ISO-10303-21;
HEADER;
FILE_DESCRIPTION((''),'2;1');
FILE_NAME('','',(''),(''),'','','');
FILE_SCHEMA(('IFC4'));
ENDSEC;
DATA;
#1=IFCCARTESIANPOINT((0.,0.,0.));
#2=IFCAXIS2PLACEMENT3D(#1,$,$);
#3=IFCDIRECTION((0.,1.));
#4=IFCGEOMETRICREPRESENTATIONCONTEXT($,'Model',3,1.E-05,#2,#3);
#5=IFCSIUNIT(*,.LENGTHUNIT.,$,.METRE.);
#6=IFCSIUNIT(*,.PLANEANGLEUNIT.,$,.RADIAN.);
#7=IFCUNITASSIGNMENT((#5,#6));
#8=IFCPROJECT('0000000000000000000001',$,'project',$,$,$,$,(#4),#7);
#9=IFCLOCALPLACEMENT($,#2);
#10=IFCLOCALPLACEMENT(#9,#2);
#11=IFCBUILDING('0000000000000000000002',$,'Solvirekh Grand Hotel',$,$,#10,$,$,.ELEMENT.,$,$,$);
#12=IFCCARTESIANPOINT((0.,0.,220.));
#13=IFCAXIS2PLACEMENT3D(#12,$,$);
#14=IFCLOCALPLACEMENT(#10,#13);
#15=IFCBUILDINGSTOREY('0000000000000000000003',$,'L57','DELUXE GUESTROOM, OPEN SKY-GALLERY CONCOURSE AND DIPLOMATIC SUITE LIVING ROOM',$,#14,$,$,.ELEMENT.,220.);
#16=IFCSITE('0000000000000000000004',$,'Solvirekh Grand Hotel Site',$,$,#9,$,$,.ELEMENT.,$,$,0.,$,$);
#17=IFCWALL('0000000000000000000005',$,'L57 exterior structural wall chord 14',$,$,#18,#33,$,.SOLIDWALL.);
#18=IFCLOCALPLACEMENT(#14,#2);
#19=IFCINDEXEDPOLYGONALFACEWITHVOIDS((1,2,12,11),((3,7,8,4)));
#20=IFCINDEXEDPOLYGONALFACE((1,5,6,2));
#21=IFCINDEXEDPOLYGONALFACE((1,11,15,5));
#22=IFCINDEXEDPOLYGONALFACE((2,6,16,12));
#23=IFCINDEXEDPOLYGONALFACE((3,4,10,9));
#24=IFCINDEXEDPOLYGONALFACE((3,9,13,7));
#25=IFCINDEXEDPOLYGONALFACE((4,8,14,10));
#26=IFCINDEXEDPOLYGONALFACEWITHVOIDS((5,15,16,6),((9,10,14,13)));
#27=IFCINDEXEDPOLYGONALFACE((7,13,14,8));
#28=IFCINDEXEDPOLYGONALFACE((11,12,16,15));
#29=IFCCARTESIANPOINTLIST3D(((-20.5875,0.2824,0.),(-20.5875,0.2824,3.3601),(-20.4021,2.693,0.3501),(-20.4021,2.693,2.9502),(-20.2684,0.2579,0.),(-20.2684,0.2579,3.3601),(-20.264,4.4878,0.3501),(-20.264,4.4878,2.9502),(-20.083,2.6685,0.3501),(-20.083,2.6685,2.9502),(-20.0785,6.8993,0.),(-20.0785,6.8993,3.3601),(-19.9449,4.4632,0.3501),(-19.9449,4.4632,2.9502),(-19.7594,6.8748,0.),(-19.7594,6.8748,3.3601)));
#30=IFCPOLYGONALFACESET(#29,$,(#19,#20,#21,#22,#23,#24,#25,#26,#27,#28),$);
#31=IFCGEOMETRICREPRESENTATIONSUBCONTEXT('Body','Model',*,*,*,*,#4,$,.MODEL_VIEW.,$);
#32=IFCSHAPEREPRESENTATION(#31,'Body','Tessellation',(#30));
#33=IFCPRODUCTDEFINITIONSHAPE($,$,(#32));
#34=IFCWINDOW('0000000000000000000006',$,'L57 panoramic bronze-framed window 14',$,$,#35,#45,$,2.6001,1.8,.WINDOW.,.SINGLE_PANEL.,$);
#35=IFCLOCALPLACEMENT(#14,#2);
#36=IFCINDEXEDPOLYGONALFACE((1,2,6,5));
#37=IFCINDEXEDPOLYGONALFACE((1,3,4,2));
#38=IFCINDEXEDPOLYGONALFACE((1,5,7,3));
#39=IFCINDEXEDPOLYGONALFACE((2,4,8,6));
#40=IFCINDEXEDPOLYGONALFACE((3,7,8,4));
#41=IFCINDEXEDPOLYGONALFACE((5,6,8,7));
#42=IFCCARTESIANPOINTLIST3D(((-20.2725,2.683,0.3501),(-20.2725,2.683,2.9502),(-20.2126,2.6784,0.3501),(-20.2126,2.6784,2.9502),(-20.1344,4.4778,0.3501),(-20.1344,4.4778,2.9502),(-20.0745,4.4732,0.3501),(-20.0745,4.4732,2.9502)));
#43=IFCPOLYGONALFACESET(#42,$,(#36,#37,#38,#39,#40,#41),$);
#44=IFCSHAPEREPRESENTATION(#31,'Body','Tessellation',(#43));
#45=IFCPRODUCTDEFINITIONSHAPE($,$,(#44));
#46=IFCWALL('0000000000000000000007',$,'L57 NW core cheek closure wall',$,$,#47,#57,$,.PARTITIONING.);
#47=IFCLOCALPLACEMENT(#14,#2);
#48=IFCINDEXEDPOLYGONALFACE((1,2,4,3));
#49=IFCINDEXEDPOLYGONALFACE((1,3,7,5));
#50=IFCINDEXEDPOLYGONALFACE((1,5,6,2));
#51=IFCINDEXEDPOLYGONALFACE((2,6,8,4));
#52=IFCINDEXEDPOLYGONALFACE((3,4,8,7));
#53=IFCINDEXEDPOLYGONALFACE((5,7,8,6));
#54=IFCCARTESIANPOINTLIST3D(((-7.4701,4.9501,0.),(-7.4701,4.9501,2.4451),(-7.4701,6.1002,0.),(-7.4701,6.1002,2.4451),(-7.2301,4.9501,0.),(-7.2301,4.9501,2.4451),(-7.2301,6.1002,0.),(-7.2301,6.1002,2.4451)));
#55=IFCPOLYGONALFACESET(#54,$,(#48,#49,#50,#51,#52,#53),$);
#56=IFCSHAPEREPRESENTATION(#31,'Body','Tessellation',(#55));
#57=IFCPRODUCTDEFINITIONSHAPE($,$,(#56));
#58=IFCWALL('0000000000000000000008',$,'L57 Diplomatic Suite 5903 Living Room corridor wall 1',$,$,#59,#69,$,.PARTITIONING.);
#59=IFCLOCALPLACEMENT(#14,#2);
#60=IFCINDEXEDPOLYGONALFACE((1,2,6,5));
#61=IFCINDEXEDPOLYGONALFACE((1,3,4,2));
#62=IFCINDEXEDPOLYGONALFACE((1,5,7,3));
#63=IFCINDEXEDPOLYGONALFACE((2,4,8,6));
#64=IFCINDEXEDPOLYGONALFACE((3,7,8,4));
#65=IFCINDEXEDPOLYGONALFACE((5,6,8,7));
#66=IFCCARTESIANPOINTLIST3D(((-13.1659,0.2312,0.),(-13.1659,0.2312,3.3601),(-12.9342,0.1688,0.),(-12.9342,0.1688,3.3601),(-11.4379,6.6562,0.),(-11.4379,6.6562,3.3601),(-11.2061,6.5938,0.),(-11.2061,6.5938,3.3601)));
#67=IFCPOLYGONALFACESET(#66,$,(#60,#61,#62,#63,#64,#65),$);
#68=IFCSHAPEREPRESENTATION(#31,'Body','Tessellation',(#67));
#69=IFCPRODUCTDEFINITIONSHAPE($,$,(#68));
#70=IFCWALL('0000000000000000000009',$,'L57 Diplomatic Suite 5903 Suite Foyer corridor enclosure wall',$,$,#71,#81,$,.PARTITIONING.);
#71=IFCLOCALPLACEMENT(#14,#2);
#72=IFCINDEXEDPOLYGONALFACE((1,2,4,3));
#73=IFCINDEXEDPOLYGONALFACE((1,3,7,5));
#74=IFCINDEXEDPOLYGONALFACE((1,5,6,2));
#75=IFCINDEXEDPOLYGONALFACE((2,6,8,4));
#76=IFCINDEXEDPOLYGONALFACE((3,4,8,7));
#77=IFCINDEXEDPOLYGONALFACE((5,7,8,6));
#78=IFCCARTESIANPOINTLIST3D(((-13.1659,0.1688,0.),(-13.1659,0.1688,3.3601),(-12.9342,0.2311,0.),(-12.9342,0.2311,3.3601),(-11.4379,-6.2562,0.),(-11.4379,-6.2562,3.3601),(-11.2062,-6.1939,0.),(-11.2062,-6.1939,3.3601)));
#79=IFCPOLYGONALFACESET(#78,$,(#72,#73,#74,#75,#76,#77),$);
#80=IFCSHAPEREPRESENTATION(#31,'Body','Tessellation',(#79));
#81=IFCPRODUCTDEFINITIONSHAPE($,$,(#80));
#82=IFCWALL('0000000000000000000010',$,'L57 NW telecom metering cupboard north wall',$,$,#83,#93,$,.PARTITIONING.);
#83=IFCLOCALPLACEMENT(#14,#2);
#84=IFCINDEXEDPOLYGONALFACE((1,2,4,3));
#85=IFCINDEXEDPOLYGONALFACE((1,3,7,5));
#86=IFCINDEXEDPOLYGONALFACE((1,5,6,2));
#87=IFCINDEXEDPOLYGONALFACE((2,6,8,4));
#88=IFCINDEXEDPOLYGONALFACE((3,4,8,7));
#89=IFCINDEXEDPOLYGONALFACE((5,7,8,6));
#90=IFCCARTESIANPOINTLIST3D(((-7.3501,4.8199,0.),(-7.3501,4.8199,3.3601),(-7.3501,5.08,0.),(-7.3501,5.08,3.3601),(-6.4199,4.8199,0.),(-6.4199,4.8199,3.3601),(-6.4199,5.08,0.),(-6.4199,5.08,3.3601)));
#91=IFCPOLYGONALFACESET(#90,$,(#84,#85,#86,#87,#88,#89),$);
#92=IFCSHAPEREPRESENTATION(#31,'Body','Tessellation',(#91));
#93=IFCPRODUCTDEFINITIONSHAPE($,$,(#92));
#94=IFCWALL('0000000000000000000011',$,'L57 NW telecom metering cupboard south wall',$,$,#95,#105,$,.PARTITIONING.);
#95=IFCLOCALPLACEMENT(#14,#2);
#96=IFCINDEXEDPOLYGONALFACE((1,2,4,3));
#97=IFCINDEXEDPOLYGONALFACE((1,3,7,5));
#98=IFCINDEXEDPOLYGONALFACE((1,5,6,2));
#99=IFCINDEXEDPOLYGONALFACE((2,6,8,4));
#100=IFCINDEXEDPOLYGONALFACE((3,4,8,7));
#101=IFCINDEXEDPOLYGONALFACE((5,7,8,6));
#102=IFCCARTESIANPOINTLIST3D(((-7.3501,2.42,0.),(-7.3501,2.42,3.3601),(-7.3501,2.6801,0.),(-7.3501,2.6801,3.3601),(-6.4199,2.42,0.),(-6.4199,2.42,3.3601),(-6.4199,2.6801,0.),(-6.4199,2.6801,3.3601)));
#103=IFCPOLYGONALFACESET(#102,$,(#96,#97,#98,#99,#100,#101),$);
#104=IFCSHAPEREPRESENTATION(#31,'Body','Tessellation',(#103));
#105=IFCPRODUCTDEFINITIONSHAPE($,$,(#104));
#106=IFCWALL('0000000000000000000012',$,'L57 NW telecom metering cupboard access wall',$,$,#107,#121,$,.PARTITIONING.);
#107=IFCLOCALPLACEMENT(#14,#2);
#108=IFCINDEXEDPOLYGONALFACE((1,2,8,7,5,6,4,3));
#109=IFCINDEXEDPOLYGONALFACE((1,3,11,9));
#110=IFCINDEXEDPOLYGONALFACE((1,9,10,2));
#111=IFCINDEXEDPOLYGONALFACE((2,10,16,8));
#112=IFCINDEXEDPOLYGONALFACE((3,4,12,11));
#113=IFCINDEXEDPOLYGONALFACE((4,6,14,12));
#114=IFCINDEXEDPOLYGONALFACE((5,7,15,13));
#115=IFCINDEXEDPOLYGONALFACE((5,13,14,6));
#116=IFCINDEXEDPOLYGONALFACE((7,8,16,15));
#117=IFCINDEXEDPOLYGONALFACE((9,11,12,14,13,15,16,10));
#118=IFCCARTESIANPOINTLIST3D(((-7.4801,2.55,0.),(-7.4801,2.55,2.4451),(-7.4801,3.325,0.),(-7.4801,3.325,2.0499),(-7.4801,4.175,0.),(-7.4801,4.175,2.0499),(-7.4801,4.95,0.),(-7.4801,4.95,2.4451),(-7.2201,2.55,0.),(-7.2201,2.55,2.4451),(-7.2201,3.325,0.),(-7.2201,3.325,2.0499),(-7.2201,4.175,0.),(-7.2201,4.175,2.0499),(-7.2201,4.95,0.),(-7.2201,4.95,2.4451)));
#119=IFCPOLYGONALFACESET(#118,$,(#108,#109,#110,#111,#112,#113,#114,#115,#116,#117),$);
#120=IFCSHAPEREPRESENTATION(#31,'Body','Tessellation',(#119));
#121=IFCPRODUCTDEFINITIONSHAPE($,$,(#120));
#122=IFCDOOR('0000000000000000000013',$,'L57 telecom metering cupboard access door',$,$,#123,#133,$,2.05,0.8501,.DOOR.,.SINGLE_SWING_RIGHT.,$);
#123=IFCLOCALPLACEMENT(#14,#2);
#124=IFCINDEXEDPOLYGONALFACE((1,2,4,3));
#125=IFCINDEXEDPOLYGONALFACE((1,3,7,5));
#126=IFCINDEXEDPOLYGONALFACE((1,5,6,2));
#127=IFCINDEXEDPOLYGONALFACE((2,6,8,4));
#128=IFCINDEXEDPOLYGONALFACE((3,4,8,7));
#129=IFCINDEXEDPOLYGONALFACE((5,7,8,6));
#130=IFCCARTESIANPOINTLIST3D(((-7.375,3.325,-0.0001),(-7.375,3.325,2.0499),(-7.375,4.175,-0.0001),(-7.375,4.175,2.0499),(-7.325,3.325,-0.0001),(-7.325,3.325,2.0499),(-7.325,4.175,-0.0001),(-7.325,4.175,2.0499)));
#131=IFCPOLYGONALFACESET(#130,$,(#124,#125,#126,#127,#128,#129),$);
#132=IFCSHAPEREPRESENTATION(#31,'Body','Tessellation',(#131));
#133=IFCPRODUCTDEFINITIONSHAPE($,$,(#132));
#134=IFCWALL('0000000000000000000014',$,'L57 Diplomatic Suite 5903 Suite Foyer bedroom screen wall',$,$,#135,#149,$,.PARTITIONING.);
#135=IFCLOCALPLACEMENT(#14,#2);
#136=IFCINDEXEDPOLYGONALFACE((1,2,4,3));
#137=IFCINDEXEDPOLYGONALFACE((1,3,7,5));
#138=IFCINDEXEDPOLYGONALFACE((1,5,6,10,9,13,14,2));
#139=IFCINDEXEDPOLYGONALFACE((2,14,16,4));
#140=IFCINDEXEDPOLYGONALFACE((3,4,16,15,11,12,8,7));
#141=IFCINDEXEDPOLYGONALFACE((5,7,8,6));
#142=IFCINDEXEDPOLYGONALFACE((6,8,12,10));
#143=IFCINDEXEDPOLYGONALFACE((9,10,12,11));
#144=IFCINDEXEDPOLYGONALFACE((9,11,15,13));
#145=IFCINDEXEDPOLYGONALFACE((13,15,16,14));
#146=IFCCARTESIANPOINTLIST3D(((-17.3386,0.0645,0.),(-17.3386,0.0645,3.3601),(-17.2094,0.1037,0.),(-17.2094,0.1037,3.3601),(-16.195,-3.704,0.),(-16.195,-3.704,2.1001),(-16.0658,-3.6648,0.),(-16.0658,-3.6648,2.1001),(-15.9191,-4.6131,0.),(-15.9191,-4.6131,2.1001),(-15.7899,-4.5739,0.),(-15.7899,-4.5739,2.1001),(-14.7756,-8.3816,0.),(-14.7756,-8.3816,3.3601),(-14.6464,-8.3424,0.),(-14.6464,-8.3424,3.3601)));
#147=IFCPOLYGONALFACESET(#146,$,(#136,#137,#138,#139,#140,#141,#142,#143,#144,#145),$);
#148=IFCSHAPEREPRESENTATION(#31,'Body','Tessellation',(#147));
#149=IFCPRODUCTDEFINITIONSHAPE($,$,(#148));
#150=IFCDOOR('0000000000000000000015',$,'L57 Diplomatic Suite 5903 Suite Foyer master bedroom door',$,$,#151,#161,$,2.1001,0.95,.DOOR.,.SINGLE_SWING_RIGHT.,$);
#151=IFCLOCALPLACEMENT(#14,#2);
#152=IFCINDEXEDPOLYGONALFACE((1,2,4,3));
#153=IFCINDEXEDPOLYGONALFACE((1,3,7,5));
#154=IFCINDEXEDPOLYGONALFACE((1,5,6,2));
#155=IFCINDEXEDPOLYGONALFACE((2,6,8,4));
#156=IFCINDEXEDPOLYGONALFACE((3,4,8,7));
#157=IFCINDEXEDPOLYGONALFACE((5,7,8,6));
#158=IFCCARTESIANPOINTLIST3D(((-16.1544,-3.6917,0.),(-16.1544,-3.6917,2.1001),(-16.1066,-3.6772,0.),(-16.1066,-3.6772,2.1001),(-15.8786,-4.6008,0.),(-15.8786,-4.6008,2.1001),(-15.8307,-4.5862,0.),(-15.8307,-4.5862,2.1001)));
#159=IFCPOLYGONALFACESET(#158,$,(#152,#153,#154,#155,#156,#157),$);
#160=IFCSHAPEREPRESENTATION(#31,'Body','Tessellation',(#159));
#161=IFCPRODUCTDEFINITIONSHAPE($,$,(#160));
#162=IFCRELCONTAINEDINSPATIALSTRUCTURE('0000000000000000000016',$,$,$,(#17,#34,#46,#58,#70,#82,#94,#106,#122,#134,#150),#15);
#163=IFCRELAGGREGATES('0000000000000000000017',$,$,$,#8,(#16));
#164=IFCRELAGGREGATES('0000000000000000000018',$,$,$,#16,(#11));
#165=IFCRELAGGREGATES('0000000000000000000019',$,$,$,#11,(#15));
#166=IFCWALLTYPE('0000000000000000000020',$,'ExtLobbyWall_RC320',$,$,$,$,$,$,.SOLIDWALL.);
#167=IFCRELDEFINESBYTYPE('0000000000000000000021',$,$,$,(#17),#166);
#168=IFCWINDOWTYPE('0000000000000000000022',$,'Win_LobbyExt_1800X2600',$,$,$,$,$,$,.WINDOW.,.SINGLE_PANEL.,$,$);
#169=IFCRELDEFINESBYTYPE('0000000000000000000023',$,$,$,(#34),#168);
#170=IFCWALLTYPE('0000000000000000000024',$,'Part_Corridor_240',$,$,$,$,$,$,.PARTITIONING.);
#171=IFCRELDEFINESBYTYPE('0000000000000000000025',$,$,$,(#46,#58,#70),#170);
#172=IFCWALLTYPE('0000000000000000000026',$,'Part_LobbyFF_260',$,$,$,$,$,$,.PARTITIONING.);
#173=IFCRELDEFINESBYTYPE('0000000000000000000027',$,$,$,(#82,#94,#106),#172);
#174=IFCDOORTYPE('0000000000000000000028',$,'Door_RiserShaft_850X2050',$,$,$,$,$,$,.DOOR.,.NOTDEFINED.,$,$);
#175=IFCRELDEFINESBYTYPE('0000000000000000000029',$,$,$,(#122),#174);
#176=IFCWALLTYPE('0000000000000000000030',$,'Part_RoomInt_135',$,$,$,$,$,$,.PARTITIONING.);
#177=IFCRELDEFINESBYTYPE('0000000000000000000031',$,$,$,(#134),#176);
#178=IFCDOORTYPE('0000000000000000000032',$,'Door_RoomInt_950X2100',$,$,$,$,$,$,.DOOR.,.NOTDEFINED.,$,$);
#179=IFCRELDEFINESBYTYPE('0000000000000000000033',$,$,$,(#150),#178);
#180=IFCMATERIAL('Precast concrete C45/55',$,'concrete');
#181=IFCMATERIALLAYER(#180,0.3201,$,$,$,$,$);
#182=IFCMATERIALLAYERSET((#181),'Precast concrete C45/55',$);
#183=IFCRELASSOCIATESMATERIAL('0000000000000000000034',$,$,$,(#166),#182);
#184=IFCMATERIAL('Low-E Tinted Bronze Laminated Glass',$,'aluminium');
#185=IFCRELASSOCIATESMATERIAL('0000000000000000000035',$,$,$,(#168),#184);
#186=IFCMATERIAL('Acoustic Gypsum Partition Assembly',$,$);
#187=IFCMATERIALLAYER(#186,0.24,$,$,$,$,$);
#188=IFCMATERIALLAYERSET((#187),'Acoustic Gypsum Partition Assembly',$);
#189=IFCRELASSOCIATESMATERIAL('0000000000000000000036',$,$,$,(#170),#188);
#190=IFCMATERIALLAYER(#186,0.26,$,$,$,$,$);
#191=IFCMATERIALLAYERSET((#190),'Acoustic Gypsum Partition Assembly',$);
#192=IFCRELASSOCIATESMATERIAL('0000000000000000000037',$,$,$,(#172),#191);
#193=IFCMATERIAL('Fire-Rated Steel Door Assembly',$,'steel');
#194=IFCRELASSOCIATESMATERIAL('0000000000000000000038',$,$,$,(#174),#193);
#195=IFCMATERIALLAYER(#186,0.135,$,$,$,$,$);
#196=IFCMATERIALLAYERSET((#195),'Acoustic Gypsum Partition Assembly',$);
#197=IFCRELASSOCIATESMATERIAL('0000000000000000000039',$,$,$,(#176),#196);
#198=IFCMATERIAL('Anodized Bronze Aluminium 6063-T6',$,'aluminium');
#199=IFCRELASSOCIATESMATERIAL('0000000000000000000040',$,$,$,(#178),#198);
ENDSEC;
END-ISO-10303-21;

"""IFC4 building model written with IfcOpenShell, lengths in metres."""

from ifc_helpers import new_model, si_unit, direction, frame, frame_2d, origin, place, context, subcontext, project, spatial, rectangle, extrude, material, layer, layer_set, type_object, element, fill, save


model = new_model("IFC4")

# Units and contexts
model_context = context("Model", 3, precision=1e-05, world=origin(), true_north=direction((0.0, 1.0)))
body_context = subcontext(model_context, "Body", "Model", "MODEL_VIEW")
ifc_project = project(units=[si_unit("LENGTHUNIT", "METRE"), si_unit("PLANEANGLEUNIT", "RADIAN")], contexts=[model_context])

# Site, building, storey
site_placement = place(None, origin())
site = spatial("IfcSite", under=ifc_project, at=site_placement, Name="Solvirekh Grand Hotel Site", CompositionType="ELEMENT", RefElevation=0.0)
building_placement = place(site_placement, origin())
building = spatial("IfcBuilding", under=site, at=building_placement, Name="Solvirekh Grand Hotel", CompositionType="ELEMENT")
storey_placement = place(building_placement, frame((0.0, 0.0, 220.0)))
storey = spatial("IfcBuildingStorey", under=building, at=storey_placement, Name="L57", Description="DELUXE GUESTROOM, OPEN SKY-GALLERY CONCOURSE AND DIPLOMATIC SUITE LIVING ROOM", CompositionType="ELEMENT", Elevation=220.0)

# Shared definitions
ifc_material_1 = material(Name="Anodized Bronze Aluminium 6063-T6", Category="aluminium")

# Wall, opening, window
ifc_material_2 = material(Name="Precast concrete C45/55", Category="concrete")
ifc_layer_1 = layer(ifc_material_2, 0.3201)
ifc_layer_set_1 = layer_set([ifc_layer_1], Name="Precast concrete C45/55")
wall_type_1 = type_object("IfcWallType", Name="ExtLobbyWall_RC320", PredefinedType="SOLIDWALL", material=ifc_layer_set_1)
wall_1_placement = place(storey_placement, frame((-20.428, 0.27, 0.0), z_axis=(0.0, 0.0, 1.0), x_axis=(0.076702, 0.997054, 0.0)))
wall_1 = element("IfcWall", 1, at=wall_1_placement, inside=storey, type_object=wall_type_1, Name="L57 exterior structural wall chord 14", PredefinedType="SOLIDWALL", context=body_context, shape_type="SweptSolid", body=[
    extrude(rectangle(XDim=6.6365, YDim=0.3201, at=frame_2d((3.3184, 0.0))), origin(), (0.0, 0.0, 1.0), 3.3601),
])
opening_1_placement = place(wall_1_placement, frame((2.418, 0.0, 0.3501)))
opening_1 = element("IfcOpeningElement", 2, at=opening_1_placement, cuts=wall_1, PredefinedType="OPENING", context=body_context, shape_type="SweptSolid", body=[
    extrude(rectangle(XDim=1.8, YDim=2.6001, at=frame_2d((0.8999, 1.3))), frame((0.0, 0.1699, 0.0), z_axis=(0.0, -1.0, 0.0), x_axis=(1.0, 0.0, 0.0)), (0.0, 0.0, 1.0), 0.3401),
])
ifc_material_3 = material(Name="Low-E Tinted Bronze Laminated Glass", Category="aluminium")
window_type = type_object("IfcWindowType", Name="Win_LobbyExt_1800X2600", PartitioningType="SINGLE_PANEL", PredefinedType="WINDOW", material=ifc_material_3)
window_placement = place(opening_1_placement, origin())
window = element("IfcWindow", 3, at=window_placement, inside=storey, type_object=window_type, Name="L57 panoramic bronze-framed window 14", OverallHeight=2.6001, OverallWidth=1.8, PartitioningType="SINGLE_PANEL", PredefinedType="WINDOW", context=body_context, shape_type="SweptSolid", body=[
    extrude(rectangle(XDim=1.8, YDim=2.6001, at=frame_2d((0.8999, 1.3))), frame((0.0, 0.03, 0.0), z_axis=(0.0, -1.0, 0.0), x_axis=(1.0, 0.0, 0.0)), (0.0, 0.0, 1.0), 0.0601),
])
fill(opening_1, window)

# Walls
ifc_material_4 = material(Name="Acoustic Gypsum Partition Assembly")
ifc_layer_2 = layer(ifc_material_4, 0.24)
ifc_layer_set_2 = layer_set([ifc_layer_2], Name="Acoustic Gypsum Partition Assembly")
wall_type_2 = type_object("IfcWallType", Name="Part_Corridor_240", PredefinedType="PARTITIONING", material=ifc_layer_set_2)
wall_2_placement = place(storey_placement, frame((-7.3501, 4.95, 0.0), z_axis=(0.0, 0.0, 1.0), x_axis=(0.0, 1.0, 0.0)))
element("IfcWall", 4, at=wall_2_placement, inside=storey, type_object=wall_type_2, Name="L57 NW core cheek closure wall", PredefinedType="PARTITIONING", context=body_context, shape_type="SweptSolid", body=[
    extrude(rectangle(XDim=1.1501, YDim=0.24, at=frame_2d((0.5752, 0.0))), origin(), (0.0, 0.0, 1.0), 2.4451),
])
for number, where, z_axis, x_axis, name in (
    (5, (-11.322, 6.625, 0.0), (0.0, 0.0, 1.0), (-0.259722, -0.965683, 0.0), "L57 Diplomatic Suite 5903 Living Room corridor wall 1"),
    (6, (-13.05, 0.2, 0.0), (0.0, 0.0, 1.0), (0.259722, -0.965683, 0.0), "L57 Diplomatic Suite 5903 Suite Foyer corridor enclosure wall"),
):
    element("IfcWall", number, at=place(storey_placement, frame(where, z_axis=z_axis, x_axis=x_axis)), inside=storey, type_object=wall_type_2, Name=name, PredefinedType="PARTITIONING", context=body_context, shape_type="SweptSolid", body=[
        extrude(rectangle(XDim=6.6533, YDim=0.24, at=frame_2d((3.3267, 0.0))), origin(), (0.0, 0.0, 1.0), 3.3601),
    ])
ifc_layer_3 = layer(ifc_material_4, 0.26)
ifc_layer_set_3 = layer_set([ifc_layer_3], Name="Acoustic Gypsum Partition Assembly")
wall_type_3 = type_object("IfcWallType", Name="Part_LobbyFF_260", PredefinedType="PARTITIONING", material=ifc_layer_set_3)
for number, where, z_axis, x_axis, name in (
    (7, (-7.3501, 4.95, 0.0), (0.0, 0.0, 1.0), (1.0, 0.0, 0.0), "L57 NW telecom metering cupboard north wall"),
    (8, (-7.3501, 2.55, 0.0), (0.0, 0.0, 1.0), (1.0, 0.0, 0.0), "L57 NW telecom metering cupboard south wall"),
):
    element("IfcWall", number, at=place(storey_placement, frame(where, z_axis=z_axis, x_axis=x_axis)), inside=storey, type_object=wall_type_3, Name=name, PredefinedType="PARTITIONING", context=body_context, shape_type="SweptSolid", body=[
        extrude(rectangle(XDim=0.9302, YDim=0.26, at=frame_2d((0.4651, 0.0))), origin(), (0.0, 0.0, 1.0), 3.3601),
    ])

# Walls, openings, doors
wall_3_placement = place(storey_placement, frame((-7.3501, 2.55, 0.0), z_axis=(0.0, 0.0, 1.0), x_axis=(0.0, 1.0, 0.0)))
wall_3 = element("IfcWall", 9, at=wall_3_placement, inside=storey, type_object=wall_type_3, Name="L57 NW telecom metering cupboard access wall", PredefinedType="PARTITIONING", context=body_context, shape_type="SweptSolid", body=[
    extrude(rectangle(XDim=2.3999, YDim=0.26, at=frame_2d((1.2, 0.0))), origin(), (0.0, 0.0, 1.0), 2.4451),
])
opening_2_placement = place(wall_3_placement, frame((0.7749, 0.0, 0.0)))
opening_2 = element("IfcOpeningElement", 10, at=opening_2_placement, cuts=wall_3, PredefinedType="OPENING", context=body_context, shape_type="SweptSolid", body=[
    extrude(rectangle(XDim=0.8501, YDim=2.05, at=frame_2d((0.425, 1.0249))), frame((0.0, 0.1401, 0.0), z_axis=(0.0, -1.0, 0.0), x_axis=(1.0, 0.0, 0.0)), (0.0, 0.0, 1.0), 0.28),
])
ifc_material_5 = material(Name="Fire-Rated Steel Door Assembly", Category="steel")
door_type_1 = type_object("IfcDoorType", Name="Door_RiserShaft_850X2050", OperationType="NOTDEFINED", PredefinedType="DOOR", material=ifc_material_5)
door_1_placement = place(opening_2_placement, origin())
door_1 = element("IfcDoor", 11, at=door_1_placement, inside=storey, type_object=door_type_1, Name="L57 telecom metering cupboard access door", OperationType="SINGLE_SWING_RIGHT", OverallHeight=2.05, OverallWidth=0.8501, PredefinedType="DOOR", context=body_context, shape_type="SweptSolid", body=[
    extrude(rectangle(XDim=0.8501, YDim=2.05, at=frame_2d((0.425, 1.0249))), frame((0.0, 0.0249, 0.0), z_axis=(0.0, -1.0, 0.0), x_axis=(1.0, 0.0, 0.0)), (0.0, 0.0, 1.0), 0.05),
])
fill(opening_2, door_1)
ifc_layer_4 = layer(ifc_material_4, 0.135)
ifc_layer_set_4 = layer_set([ifc_layer_4], Name="Acoustic Gypsum Partition Assembly")
wall_type_4 = type_object("IfcWallType", Name="Part_RoomInt_135", PredefinedType="PARTITIONING", material=ifc_layer_set_4)
wall_4_placement = place(storey_placement, frame((-17.2739, 0.084, 0.0), z_axis=(0.0, 0.0, 1.0), x_axis=(0.290379, -0.956912, 0.0)))
wall_4 = element("IfcWall", 12, at=wall_4_placement, inside=storey, type_object=wall_type_4, Name="L57 Diplomatic Suite 5903 Suite Foyer bedroom screen wall", PredefinedType="PARTITIONING", context=body_context, shape_type="SweptSolid", body=[
    extrude(rectangle(XDim=8.8264, YDim=0.135, at=frame_2d((4.4131, 0.0))), origin(), (0.0, 0.0, 1.0), 3.3601),
])
opening_3_placement = place(wall_4_placement, frame((3.938, 0.0, 0.0)))
opening_3 = element("IfcOpeningElement", 13, at=opening_3_placement, cuts=wall_4, PredefinedType="OPENING", context=body_context, shape_type="SweptSolid", body=[
    extrude(rectangle(XDim=0.95, YDim=2.1001, at=frame_2d((0.4751, 1.05))), frame((0.0, 0.0776, 0.0), z_axis=(0.0, -1.0, 0.0), x_axis=(1.0, 0.0, 0.0)), (0.0, 0.0, 1.0), 0.155),
])
door_type_2 = type_object("IfcDoorType", Name="Door_RoomInt_950X2100", OperationType="NOTDEFINED", PredefinedType="DOOR", material=ifc_material_1)
door_2_placement = place(opening_3_placement, origin())
door_2 = element("IfcDoor", 14, at=door_2_placement, inside=storey, type_object=door_type_2, Name="L57 Diplomatic Suite 5903 Suite Foyer master bedroom door", OperationType="SINGLE_SWING_RIGHT", OverallHeight=2.1001, OverallWidth=0.95, PredefinedType="DOOR", context=body_context, shape_type="SweptSolid", body=[
    extrude(rectangle(XDim=0.95, YDim=2.1001, at=frame_2d((0.4751, 1.05))), frame((0.0, 0.0249, 0.0), z_axis=(0.0, -1.0, 0.0), x_axis=(1.0, 0.0, 0.0)), (0.0, 0.0, 1.0), 0.05),
])
fill(opening_3, door_2)

save(model, "model.ifc")
